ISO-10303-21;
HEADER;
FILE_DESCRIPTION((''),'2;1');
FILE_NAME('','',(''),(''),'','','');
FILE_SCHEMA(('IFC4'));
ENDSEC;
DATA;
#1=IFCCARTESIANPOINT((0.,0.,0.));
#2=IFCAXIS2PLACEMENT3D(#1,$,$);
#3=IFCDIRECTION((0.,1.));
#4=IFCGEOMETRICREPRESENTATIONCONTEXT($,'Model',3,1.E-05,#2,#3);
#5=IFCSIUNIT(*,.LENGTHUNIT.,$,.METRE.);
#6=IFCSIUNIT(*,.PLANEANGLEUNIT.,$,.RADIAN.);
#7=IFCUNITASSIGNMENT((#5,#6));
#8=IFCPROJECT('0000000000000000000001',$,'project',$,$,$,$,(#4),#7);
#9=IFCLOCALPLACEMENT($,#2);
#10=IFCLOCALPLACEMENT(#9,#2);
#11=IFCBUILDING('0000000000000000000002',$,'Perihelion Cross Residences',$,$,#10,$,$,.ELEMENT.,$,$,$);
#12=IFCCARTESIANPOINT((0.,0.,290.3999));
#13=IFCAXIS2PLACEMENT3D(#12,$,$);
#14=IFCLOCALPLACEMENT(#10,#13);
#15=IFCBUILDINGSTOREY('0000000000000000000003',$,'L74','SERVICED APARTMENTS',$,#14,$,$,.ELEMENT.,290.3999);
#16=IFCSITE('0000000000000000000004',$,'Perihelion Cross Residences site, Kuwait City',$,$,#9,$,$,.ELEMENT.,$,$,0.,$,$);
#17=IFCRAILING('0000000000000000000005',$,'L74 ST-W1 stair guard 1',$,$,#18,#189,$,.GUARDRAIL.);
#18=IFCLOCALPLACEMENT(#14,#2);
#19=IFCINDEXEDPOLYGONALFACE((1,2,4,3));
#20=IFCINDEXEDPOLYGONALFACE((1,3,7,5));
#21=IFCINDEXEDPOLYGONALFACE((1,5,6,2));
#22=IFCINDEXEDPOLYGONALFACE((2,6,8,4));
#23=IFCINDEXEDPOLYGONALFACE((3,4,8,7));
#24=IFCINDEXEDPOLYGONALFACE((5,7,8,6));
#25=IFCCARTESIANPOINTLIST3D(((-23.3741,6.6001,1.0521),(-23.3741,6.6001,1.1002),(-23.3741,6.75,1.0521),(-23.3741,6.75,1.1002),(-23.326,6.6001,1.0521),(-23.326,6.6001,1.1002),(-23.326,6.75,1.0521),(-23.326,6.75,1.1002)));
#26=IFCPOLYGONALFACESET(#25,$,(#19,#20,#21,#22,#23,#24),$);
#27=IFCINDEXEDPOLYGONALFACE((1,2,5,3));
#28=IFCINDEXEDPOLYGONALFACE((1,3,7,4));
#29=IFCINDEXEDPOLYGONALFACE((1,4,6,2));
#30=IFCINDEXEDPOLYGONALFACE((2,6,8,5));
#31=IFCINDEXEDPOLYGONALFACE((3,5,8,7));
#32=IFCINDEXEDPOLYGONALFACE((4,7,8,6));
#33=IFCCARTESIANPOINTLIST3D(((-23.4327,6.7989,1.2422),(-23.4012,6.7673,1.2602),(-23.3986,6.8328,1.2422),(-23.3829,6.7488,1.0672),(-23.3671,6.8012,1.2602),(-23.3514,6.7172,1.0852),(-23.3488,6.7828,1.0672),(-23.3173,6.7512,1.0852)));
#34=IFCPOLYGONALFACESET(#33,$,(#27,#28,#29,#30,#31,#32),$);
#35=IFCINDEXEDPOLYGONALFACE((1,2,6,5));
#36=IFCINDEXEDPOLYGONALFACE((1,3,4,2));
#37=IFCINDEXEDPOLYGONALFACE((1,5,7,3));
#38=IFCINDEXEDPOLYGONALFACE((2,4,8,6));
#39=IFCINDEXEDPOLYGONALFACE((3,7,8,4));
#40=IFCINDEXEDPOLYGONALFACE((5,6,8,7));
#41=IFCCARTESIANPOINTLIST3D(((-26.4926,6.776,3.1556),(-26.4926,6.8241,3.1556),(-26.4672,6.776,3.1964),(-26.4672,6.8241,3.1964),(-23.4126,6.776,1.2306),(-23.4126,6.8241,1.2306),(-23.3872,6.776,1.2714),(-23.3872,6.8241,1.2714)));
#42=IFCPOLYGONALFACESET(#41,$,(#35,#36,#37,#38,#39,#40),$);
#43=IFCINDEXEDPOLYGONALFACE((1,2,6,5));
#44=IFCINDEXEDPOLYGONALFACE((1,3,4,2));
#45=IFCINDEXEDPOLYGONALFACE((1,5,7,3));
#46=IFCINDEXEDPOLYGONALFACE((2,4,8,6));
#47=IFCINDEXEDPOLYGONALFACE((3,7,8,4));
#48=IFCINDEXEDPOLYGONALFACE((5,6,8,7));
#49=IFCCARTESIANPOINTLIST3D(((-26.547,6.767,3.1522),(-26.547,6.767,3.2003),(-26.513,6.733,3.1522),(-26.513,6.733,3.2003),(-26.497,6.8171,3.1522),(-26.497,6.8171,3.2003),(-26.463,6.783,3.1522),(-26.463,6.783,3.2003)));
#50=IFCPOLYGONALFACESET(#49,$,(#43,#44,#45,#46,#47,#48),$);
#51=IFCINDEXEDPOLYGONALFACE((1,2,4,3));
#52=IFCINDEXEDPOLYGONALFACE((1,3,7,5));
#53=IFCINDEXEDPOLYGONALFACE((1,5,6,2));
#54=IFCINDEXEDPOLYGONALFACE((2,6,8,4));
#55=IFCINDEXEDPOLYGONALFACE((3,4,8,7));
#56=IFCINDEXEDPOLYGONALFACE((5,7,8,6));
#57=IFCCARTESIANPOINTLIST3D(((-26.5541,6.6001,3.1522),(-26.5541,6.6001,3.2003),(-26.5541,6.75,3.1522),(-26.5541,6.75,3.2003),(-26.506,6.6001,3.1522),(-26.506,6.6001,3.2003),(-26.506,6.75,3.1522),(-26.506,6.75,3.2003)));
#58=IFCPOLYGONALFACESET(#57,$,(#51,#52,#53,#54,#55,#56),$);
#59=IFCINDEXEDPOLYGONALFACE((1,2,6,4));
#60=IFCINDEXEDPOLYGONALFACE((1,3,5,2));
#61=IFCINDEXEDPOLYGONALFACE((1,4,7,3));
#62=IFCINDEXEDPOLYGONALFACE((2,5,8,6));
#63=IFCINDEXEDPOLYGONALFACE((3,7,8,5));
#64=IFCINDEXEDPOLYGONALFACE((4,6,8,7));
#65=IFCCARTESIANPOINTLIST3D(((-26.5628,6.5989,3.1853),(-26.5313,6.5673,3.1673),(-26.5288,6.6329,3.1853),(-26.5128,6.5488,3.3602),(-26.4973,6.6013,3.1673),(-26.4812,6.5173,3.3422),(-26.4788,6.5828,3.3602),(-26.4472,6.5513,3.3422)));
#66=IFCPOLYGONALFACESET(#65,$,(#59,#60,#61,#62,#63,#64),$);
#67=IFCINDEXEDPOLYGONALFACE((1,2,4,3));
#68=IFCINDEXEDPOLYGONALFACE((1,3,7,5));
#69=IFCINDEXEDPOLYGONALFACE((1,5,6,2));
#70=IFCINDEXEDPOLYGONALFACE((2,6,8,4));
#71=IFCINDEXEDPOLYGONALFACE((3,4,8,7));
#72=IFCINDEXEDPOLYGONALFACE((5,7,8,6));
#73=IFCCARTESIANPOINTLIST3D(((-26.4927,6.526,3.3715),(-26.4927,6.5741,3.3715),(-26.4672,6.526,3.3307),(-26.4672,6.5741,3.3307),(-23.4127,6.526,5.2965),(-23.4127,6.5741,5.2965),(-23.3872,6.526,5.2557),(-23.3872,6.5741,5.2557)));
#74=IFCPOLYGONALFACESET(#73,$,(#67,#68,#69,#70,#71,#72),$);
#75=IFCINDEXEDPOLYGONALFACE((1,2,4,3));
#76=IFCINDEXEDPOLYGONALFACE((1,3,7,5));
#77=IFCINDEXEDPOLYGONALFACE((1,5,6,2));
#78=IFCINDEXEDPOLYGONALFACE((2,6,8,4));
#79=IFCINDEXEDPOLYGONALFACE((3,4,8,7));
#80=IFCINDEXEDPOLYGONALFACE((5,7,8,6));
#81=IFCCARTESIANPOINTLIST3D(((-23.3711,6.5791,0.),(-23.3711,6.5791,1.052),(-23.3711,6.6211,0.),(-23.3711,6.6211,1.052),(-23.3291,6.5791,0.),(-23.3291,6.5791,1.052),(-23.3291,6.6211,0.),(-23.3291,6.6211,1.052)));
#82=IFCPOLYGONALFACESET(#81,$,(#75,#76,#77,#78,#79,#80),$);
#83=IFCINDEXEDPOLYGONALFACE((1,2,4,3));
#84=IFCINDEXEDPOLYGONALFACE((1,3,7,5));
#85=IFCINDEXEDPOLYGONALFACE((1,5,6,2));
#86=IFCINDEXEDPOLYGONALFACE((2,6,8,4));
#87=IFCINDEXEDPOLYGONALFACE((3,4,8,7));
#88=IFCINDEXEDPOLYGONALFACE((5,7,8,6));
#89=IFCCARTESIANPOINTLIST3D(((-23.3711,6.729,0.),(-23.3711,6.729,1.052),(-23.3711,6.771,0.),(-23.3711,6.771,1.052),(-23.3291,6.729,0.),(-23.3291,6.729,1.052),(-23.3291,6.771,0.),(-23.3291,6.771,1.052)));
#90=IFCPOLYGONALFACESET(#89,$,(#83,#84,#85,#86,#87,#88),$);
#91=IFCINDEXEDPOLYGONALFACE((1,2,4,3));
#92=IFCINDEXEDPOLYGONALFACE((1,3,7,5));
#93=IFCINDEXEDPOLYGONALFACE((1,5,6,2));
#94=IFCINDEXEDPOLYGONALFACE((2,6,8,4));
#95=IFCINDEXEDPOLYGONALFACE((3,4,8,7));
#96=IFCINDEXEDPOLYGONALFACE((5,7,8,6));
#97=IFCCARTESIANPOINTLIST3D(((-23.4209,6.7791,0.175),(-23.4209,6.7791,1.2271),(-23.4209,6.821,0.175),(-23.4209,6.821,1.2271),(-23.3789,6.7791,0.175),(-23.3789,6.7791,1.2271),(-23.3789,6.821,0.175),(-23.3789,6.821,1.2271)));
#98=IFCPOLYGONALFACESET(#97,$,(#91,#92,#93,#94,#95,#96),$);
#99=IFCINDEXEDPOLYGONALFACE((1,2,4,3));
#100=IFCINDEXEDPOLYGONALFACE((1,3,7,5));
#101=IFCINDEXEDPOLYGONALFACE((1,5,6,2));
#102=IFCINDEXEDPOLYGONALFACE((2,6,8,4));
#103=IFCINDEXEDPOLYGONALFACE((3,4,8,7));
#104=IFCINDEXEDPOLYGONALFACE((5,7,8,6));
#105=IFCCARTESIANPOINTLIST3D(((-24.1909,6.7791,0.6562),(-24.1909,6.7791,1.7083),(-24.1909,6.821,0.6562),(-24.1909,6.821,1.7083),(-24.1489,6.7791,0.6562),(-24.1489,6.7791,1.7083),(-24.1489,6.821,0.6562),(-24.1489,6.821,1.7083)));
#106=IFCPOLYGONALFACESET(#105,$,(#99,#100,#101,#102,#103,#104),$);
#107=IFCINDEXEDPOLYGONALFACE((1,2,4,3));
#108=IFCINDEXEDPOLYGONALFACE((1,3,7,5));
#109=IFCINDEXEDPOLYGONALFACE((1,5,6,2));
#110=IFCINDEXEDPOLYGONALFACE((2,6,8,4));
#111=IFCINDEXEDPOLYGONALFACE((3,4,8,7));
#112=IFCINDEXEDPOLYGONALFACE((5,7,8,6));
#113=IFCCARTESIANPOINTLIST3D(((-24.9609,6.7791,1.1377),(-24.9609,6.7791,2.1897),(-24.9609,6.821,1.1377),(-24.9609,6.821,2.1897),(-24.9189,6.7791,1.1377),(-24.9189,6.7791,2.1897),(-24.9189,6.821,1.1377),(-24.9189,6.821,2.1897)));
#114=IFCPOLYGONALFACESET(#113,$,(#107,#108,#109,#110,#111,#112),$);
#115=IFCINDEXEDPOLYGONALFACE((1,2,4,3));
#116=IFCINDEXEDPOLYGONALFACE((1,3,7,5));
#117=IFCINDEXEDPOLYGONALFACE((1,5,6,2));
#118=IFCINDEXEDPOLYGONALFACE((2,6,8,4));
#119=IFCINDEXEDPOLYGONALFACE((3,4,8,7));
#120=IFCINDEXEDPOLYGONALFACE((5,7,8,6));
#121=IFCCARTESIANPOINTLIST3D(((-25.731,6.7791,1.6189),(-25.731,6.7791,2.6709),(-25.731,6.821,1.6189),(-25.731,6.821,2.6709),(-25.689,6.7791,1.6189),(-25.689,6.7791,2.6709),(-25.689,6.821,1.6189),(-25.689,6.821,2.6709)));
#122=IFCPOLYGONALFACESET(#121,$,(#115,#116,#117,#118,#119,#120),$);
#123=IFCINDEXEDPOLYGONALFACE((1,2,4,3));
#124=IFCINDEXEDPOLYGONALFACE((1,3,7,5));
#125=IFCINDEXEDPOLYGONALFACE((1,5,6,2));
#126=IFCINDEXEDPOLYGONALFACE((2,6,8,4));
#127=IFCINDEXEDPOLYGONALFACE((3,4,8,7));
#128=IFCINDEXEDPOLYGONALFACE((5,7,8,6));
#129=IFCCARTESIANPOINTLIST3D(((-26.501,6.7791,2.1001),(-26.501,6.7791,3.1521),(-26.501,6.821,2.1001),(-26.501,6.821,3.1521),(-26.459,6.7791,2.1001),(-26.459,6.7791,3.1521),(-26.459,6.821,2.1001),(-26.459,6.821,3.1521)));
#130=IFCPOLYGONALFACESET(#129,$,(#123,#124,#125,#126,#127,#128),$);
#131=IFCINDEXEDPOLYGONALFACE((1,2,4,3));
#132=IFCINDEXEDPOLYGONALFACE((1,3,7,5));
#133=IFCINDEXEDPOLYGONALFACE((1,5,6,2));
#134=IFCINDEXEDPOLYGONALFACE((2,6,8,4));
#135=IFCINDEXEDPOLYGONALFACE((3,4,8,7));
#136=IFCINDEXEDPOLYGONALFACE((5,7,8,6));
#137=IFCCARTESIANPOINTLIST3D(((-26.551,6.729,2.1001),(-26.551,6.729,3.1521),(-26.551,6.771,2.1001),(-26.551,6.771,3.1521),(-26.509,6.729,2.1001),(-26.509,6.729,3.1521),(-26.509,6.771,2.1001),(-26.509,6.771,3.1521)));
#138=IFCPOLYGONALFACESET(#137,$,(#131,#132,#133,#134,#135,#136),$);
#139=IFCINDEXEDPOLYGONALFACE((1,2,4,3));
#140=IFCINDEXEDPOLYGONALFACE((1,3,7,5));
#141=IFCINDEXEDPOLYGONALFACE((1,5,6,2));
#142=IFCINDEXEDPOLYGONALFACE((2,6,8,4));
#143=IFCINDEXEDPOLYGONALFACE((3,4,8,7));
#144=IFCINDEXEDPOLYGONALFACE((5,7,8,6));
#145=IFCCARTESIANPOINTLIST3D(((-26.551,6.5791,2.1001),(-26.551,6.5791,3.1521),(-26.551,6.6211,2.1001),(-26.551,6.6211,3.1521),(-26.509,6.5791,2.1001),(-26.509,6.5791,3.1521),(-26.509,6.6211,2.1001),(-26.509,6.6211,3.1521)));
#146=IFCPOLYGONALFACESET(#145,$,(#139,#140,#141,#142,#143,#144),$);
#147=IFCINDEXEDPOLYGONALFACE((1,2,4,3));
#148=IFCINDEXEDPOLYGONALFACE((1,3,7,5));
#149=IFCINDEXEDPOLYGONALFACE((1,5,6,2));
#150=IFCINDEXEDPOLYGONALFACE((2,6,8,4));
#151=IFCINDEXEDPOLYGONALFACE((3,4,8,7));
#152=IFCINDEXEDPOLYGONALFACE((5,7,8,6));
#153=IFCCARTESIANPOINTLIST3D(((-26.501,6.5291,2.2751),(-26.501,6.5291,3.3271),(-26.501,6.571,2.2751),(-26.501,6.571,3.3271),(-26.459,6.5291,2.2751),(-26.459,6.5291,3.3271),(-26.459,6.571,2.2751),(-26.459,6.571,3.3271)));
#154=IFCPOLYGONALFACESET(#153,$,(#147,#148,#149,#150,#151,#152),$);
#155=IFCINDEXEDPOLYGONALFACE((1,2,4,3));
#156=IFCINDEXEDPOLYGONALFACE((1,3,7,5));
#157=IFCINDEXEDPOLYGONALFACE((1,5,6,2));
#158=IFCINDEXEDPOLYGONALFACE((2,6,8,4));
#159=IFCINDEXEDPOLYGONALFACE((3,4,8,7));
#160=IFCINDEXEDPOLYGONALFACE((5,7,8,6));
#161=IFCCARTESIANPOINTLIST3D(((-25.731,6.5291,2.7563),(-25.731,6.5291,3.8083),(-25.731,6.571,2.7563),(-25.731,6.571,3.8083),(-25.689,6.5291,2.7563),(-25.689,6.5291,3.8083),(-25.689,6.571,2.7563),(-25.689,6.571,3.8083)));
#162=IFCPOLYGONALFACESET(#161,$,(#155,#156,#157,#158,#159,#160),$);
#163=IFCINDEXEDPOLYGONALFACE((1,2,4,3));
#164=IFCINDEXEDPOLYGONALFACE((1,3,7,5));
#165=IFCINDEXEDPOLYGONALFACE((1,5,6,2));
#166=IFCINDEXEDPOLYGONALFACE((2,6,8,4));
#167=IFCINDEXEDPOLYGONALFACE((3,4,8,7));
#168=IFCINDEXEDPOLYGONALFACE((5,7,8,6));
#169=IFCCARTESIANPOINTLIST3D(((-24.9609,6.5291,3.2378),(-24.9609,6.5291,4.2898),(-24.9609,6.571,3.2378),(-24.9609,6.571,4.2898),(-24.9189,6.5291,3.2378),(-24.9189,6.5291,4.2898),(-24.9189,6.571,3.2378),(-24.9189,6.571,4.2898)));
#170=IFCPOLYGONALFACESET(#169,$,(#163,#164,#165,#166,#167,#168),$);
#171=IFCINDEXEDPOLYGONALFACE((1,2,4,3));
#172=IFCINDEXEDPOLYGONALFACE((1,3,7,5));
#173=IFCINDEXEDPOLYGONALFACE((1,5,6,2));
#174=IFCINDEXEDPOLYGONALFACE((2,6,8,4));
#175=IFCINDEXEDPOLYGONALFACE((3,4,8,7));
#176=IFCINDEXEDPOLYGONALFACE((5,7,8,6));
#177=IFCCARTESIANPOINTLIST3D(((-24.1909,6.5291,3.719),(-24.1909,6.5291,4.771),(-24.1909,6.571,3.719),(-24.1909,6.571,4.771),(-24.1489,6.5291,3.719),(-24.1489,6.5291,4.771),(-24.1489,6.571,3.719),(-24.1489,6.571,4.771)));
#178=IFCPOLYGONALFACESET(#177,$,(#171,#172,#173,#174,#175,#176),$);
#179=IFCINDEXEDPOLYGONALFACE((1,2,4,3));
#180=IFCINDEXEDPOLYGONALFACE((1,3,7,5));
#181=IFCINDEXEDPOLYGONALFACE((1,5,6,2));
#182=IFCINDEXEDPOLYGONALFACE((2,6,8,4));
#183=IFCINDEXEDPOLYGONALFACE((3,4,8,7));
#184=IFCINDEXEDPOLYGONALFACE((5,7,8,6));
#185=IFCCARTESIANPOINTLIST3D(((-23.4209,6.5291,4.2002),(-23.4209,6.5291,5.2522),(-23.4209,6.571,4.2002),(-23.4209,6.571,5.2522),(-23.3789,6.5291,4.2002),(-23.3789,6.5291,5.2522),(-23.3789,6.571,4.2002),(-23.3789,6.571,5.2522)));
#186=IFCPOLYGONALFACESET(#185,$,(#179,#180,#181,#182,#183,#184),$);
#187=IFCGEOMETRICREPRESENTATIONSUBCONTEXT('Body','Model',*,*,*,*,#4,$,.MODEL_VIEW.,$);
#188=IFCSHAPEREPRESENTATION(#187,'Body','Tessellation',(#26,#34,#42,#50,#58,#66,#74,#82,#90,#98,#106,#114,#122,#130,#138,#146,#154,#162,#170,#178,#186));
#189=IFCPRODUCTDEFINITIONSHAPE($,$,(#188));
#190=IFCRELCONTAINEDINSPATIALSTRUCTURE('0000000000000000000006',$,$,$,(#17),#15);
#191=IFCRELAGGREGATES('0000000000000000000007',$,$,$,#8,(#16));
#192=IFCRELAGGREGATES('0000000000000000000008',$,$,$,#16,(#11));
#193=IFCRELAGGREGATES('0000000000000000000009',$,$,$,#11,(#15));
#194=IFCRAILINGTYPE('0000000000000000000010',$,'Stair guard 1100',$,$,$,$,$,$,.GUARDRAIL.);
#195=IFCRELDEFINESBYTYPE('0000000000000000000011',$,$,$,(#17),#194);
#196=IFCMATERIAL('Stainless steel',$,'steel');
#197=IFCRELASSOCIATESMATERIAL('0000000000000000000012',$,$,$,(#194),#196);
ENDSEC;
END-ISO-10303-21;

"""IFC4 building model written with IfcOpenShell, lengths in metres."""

from ifc_helpers import new_model, si_unit, direction, frame, origin, origin_2d, place, context, subcontext, project, spatial, rectangle, extrude, material, type_object, element, save


model = new_model("IFC4")

# Units and contexts
model_context = context("Model", 3, precision=1e-05, world=origin(), true_north=direction((0.0, 1.0)))
body_context = subcontext(model_context, "Body", "Model", "MODEL_VIEW")
ifc_project = project(units=[si_unit("LENGTHUNIT", "METRE"), si_unit("PLANEANGLEUNIT", "RADIAN")], contexts=[model_context])

# Site, building, storey
site_placement = place(None, origin())
site = spatial("IfcSite", under=ifc_project, at=site_placement, Name="Perihelion Cross Residences site, Kuwait City", CompositionType="ELEMENT", RefElevation=0.0)
building_placement = place(site_placement, origin())
building = spatial("IfcBuilding", under=site, at=building_placement, Name="Perihelion Cross Residences", CompositionType="ELEMENT")
storey_placement = place(building_placement, frame((0.0, 0.0, 290.3999)))
storey = spatial("IfcBuildingStorey", under=building, at=storey_placement, Name="L74", Description="SERVICED APARTMENTS", CompositionType="ELEMENT", Elevation=290.3999)

# Railing
ifc_material_1 = material(Name="Stainless steel", Category="steel")
railing_type_1 = type_object("IfcRailingType", Name="Stair guard 1100", PredefinedType="GUARDRAIL", material=ifc_material_1)
railing_1_placement = place(storey_placement, frame((-23.3501, 6.6001, 0.0)))
element("IfcRailing", 1, at=railing_1_placement, inside=storey, type_object=railing_type_1, Name="L74 ST-W1 stair guard 1", PredefinedType="GUARDRAIL", context=body_context, shape_type="SweptSolid", body=[
    extrude(rectangle(XDim=0.0481, YDim=0.0481, at=origin_2d()), frame((0.0, 0.0, 1.0762), z_axis=(0.0, 1.0, 0.0), x_axis=(-1.0, 0.0, 0.0)), (0.0, 0.0, 1.0), 0.1499),
    extrude(rectangle(XDim=0.0481, YDim=0.0481, at=origin_2d()), frame((0.0, 0.1499, 1.0762), z_axis=(-0.263862, 0.265156, 0.927399), x_axis=(-0.708834, -0.705376, 0.0)), (0.0, 0.0, 1.0), 0.1887),
    extrude(rectangle(XDim=0.0481, YDim=0.0481, at=origin_2d()), frame((-0.0498, 0.2, 1.251), z_axis=(-0.847998, 0.0, 0.529999), x_axis=(0.0, -1.0, 0.0)), (0.0, 0.0, 1.0), 3.6321),
    extrude(rectangle(XDim=0.0481, YDim=0.0481, at=origin_2d()), frame((-3.1299, 0.2, 3.1763), z_axis=(-0.707107, -0.707107, 0.0), x_axis=(0.707107, -0.707107, 0.0)), (0.0, 0.0, 1.0), 0.0708),
    extrude(rectangle(XDim=0.0481, YDim=0.0481, at=origin_2d()), frame((-3.1799, 0.1499, 3.1763), z_axis=(0.0, -1.0, 0.0), x_axis=(1.0, 0.0, 0.0)), (0.0, 0.0, 1.0), 0.1499),
    extrude(rectangle(XDim=0.0481, YDim=0.0481, at=origin_2d()), frame((-3.1799, 0.0, 3.1763), z_axis=(0.265065, -0.265065, 0.927082), x_axis=(0.707107, 0.707107, 0.0)), (0.0, 0.0, 1.0), 0.1887),
    extrude(rectangle(XDim=0.0481, YDim=0.0481, at=origin_2d()), frame((-3.1299, -0.05, 3.3511), z_axis=(0.847998, 0.0, 0.529999), x_axis=(0.0, 1.0, 0.0)), (0.0, 0.0, 1.0), 3.6321),
    extrude(rectangle(XDim=0.042, YDim=0.042, at=origin_2d()), origin(), (0.0, 0.0, 1.0), 1.052),
    extrude(rectangle(XDim=0.042, YDim=0.042, at=origin_2d()), frame((0.0, 0.1499, 0.0)), (0.0, 0.0, 1.0), 1.052),
    extrude(rectangle(XDim=0.042, YDim=0.042, at=origin_2d()), frame((-0.0498, 0.2, 0.175)), (0.0, 0.0, 1.0), 1.052),
    extrude(rectangle(XDim=0.042, YDim=0.042, at=origin_2d()), frame((-0.8198, 0.2, 0.6562)), (0.0, 0.0, 1.0), 1.052),
    extrude(rectangle(XDim=0.042, YDim=0.042, at=origin_2d()), frame((-1.5898, 0.2, 1.1377)), (0.0, 0.0, 1.0), 1.052),
    extrude(rectangle(XDim=0.042, YDim=0.042, at=origin_2d()), frame((-2.3599, 0.2, 1.6189)), (0.0, 0.0, 1.0), 1.052),
    extrude(rectangle(XDim=0.042, YDim=0.042, at=origin_2d()), frame((-3.1299, 0.2, 2.1001)), (0.0, 0.0, 1.0), 1.052),
    extrude(rectangle(XDim=0.042, YDim=0.042, at=origin_2d()), frame((-3.1799, 0.1499, 2.1001)), (0.0, 0.0, 1.0), 1.052),
    extrude(rectangle(XDim=0.042, YDim=0.042, at=origin_2d()), frame((-3.1799, 0.0, 2.1001)), (0.0, 0.0, 1.0), 1.052),
    extrude(rectangle(XDim=0.042, YDim=0.042, at=origin_2d()), frame((-3.1299, -0.05, 2.2751)), (0.0, 0.0, 1.0), 1.052),
    extrude(rectangle(XDim=0.042, YDim=0.042, at=origin_2d()), frame((-2.3599, -0.05, 2.7563)), (0.0, 0.0, 1.0), 1.052),
    extrude(rectangle(XDim=0.042, YDim=0.042, at=origin_2d()), frame((-1.5898, -0.05, 3.2378)), (0.0, 0.0, 1.0), 1.052),
    extrude(rectangle(XDim=0.042, YDim=0.042, at=origin_2d()), frame((-0.8198, -0.05, 3.719)), (0.0, 0.0, 1.0), 1.052),
    extrude(rectangle(XDim=0.042, YDim=0.042, at=origin_2d()), frame((-0.0498, -0.05, 4.2002)), (0.0, 0.0, 1.0), 1.052),
])

save(model, "model.ifc")
